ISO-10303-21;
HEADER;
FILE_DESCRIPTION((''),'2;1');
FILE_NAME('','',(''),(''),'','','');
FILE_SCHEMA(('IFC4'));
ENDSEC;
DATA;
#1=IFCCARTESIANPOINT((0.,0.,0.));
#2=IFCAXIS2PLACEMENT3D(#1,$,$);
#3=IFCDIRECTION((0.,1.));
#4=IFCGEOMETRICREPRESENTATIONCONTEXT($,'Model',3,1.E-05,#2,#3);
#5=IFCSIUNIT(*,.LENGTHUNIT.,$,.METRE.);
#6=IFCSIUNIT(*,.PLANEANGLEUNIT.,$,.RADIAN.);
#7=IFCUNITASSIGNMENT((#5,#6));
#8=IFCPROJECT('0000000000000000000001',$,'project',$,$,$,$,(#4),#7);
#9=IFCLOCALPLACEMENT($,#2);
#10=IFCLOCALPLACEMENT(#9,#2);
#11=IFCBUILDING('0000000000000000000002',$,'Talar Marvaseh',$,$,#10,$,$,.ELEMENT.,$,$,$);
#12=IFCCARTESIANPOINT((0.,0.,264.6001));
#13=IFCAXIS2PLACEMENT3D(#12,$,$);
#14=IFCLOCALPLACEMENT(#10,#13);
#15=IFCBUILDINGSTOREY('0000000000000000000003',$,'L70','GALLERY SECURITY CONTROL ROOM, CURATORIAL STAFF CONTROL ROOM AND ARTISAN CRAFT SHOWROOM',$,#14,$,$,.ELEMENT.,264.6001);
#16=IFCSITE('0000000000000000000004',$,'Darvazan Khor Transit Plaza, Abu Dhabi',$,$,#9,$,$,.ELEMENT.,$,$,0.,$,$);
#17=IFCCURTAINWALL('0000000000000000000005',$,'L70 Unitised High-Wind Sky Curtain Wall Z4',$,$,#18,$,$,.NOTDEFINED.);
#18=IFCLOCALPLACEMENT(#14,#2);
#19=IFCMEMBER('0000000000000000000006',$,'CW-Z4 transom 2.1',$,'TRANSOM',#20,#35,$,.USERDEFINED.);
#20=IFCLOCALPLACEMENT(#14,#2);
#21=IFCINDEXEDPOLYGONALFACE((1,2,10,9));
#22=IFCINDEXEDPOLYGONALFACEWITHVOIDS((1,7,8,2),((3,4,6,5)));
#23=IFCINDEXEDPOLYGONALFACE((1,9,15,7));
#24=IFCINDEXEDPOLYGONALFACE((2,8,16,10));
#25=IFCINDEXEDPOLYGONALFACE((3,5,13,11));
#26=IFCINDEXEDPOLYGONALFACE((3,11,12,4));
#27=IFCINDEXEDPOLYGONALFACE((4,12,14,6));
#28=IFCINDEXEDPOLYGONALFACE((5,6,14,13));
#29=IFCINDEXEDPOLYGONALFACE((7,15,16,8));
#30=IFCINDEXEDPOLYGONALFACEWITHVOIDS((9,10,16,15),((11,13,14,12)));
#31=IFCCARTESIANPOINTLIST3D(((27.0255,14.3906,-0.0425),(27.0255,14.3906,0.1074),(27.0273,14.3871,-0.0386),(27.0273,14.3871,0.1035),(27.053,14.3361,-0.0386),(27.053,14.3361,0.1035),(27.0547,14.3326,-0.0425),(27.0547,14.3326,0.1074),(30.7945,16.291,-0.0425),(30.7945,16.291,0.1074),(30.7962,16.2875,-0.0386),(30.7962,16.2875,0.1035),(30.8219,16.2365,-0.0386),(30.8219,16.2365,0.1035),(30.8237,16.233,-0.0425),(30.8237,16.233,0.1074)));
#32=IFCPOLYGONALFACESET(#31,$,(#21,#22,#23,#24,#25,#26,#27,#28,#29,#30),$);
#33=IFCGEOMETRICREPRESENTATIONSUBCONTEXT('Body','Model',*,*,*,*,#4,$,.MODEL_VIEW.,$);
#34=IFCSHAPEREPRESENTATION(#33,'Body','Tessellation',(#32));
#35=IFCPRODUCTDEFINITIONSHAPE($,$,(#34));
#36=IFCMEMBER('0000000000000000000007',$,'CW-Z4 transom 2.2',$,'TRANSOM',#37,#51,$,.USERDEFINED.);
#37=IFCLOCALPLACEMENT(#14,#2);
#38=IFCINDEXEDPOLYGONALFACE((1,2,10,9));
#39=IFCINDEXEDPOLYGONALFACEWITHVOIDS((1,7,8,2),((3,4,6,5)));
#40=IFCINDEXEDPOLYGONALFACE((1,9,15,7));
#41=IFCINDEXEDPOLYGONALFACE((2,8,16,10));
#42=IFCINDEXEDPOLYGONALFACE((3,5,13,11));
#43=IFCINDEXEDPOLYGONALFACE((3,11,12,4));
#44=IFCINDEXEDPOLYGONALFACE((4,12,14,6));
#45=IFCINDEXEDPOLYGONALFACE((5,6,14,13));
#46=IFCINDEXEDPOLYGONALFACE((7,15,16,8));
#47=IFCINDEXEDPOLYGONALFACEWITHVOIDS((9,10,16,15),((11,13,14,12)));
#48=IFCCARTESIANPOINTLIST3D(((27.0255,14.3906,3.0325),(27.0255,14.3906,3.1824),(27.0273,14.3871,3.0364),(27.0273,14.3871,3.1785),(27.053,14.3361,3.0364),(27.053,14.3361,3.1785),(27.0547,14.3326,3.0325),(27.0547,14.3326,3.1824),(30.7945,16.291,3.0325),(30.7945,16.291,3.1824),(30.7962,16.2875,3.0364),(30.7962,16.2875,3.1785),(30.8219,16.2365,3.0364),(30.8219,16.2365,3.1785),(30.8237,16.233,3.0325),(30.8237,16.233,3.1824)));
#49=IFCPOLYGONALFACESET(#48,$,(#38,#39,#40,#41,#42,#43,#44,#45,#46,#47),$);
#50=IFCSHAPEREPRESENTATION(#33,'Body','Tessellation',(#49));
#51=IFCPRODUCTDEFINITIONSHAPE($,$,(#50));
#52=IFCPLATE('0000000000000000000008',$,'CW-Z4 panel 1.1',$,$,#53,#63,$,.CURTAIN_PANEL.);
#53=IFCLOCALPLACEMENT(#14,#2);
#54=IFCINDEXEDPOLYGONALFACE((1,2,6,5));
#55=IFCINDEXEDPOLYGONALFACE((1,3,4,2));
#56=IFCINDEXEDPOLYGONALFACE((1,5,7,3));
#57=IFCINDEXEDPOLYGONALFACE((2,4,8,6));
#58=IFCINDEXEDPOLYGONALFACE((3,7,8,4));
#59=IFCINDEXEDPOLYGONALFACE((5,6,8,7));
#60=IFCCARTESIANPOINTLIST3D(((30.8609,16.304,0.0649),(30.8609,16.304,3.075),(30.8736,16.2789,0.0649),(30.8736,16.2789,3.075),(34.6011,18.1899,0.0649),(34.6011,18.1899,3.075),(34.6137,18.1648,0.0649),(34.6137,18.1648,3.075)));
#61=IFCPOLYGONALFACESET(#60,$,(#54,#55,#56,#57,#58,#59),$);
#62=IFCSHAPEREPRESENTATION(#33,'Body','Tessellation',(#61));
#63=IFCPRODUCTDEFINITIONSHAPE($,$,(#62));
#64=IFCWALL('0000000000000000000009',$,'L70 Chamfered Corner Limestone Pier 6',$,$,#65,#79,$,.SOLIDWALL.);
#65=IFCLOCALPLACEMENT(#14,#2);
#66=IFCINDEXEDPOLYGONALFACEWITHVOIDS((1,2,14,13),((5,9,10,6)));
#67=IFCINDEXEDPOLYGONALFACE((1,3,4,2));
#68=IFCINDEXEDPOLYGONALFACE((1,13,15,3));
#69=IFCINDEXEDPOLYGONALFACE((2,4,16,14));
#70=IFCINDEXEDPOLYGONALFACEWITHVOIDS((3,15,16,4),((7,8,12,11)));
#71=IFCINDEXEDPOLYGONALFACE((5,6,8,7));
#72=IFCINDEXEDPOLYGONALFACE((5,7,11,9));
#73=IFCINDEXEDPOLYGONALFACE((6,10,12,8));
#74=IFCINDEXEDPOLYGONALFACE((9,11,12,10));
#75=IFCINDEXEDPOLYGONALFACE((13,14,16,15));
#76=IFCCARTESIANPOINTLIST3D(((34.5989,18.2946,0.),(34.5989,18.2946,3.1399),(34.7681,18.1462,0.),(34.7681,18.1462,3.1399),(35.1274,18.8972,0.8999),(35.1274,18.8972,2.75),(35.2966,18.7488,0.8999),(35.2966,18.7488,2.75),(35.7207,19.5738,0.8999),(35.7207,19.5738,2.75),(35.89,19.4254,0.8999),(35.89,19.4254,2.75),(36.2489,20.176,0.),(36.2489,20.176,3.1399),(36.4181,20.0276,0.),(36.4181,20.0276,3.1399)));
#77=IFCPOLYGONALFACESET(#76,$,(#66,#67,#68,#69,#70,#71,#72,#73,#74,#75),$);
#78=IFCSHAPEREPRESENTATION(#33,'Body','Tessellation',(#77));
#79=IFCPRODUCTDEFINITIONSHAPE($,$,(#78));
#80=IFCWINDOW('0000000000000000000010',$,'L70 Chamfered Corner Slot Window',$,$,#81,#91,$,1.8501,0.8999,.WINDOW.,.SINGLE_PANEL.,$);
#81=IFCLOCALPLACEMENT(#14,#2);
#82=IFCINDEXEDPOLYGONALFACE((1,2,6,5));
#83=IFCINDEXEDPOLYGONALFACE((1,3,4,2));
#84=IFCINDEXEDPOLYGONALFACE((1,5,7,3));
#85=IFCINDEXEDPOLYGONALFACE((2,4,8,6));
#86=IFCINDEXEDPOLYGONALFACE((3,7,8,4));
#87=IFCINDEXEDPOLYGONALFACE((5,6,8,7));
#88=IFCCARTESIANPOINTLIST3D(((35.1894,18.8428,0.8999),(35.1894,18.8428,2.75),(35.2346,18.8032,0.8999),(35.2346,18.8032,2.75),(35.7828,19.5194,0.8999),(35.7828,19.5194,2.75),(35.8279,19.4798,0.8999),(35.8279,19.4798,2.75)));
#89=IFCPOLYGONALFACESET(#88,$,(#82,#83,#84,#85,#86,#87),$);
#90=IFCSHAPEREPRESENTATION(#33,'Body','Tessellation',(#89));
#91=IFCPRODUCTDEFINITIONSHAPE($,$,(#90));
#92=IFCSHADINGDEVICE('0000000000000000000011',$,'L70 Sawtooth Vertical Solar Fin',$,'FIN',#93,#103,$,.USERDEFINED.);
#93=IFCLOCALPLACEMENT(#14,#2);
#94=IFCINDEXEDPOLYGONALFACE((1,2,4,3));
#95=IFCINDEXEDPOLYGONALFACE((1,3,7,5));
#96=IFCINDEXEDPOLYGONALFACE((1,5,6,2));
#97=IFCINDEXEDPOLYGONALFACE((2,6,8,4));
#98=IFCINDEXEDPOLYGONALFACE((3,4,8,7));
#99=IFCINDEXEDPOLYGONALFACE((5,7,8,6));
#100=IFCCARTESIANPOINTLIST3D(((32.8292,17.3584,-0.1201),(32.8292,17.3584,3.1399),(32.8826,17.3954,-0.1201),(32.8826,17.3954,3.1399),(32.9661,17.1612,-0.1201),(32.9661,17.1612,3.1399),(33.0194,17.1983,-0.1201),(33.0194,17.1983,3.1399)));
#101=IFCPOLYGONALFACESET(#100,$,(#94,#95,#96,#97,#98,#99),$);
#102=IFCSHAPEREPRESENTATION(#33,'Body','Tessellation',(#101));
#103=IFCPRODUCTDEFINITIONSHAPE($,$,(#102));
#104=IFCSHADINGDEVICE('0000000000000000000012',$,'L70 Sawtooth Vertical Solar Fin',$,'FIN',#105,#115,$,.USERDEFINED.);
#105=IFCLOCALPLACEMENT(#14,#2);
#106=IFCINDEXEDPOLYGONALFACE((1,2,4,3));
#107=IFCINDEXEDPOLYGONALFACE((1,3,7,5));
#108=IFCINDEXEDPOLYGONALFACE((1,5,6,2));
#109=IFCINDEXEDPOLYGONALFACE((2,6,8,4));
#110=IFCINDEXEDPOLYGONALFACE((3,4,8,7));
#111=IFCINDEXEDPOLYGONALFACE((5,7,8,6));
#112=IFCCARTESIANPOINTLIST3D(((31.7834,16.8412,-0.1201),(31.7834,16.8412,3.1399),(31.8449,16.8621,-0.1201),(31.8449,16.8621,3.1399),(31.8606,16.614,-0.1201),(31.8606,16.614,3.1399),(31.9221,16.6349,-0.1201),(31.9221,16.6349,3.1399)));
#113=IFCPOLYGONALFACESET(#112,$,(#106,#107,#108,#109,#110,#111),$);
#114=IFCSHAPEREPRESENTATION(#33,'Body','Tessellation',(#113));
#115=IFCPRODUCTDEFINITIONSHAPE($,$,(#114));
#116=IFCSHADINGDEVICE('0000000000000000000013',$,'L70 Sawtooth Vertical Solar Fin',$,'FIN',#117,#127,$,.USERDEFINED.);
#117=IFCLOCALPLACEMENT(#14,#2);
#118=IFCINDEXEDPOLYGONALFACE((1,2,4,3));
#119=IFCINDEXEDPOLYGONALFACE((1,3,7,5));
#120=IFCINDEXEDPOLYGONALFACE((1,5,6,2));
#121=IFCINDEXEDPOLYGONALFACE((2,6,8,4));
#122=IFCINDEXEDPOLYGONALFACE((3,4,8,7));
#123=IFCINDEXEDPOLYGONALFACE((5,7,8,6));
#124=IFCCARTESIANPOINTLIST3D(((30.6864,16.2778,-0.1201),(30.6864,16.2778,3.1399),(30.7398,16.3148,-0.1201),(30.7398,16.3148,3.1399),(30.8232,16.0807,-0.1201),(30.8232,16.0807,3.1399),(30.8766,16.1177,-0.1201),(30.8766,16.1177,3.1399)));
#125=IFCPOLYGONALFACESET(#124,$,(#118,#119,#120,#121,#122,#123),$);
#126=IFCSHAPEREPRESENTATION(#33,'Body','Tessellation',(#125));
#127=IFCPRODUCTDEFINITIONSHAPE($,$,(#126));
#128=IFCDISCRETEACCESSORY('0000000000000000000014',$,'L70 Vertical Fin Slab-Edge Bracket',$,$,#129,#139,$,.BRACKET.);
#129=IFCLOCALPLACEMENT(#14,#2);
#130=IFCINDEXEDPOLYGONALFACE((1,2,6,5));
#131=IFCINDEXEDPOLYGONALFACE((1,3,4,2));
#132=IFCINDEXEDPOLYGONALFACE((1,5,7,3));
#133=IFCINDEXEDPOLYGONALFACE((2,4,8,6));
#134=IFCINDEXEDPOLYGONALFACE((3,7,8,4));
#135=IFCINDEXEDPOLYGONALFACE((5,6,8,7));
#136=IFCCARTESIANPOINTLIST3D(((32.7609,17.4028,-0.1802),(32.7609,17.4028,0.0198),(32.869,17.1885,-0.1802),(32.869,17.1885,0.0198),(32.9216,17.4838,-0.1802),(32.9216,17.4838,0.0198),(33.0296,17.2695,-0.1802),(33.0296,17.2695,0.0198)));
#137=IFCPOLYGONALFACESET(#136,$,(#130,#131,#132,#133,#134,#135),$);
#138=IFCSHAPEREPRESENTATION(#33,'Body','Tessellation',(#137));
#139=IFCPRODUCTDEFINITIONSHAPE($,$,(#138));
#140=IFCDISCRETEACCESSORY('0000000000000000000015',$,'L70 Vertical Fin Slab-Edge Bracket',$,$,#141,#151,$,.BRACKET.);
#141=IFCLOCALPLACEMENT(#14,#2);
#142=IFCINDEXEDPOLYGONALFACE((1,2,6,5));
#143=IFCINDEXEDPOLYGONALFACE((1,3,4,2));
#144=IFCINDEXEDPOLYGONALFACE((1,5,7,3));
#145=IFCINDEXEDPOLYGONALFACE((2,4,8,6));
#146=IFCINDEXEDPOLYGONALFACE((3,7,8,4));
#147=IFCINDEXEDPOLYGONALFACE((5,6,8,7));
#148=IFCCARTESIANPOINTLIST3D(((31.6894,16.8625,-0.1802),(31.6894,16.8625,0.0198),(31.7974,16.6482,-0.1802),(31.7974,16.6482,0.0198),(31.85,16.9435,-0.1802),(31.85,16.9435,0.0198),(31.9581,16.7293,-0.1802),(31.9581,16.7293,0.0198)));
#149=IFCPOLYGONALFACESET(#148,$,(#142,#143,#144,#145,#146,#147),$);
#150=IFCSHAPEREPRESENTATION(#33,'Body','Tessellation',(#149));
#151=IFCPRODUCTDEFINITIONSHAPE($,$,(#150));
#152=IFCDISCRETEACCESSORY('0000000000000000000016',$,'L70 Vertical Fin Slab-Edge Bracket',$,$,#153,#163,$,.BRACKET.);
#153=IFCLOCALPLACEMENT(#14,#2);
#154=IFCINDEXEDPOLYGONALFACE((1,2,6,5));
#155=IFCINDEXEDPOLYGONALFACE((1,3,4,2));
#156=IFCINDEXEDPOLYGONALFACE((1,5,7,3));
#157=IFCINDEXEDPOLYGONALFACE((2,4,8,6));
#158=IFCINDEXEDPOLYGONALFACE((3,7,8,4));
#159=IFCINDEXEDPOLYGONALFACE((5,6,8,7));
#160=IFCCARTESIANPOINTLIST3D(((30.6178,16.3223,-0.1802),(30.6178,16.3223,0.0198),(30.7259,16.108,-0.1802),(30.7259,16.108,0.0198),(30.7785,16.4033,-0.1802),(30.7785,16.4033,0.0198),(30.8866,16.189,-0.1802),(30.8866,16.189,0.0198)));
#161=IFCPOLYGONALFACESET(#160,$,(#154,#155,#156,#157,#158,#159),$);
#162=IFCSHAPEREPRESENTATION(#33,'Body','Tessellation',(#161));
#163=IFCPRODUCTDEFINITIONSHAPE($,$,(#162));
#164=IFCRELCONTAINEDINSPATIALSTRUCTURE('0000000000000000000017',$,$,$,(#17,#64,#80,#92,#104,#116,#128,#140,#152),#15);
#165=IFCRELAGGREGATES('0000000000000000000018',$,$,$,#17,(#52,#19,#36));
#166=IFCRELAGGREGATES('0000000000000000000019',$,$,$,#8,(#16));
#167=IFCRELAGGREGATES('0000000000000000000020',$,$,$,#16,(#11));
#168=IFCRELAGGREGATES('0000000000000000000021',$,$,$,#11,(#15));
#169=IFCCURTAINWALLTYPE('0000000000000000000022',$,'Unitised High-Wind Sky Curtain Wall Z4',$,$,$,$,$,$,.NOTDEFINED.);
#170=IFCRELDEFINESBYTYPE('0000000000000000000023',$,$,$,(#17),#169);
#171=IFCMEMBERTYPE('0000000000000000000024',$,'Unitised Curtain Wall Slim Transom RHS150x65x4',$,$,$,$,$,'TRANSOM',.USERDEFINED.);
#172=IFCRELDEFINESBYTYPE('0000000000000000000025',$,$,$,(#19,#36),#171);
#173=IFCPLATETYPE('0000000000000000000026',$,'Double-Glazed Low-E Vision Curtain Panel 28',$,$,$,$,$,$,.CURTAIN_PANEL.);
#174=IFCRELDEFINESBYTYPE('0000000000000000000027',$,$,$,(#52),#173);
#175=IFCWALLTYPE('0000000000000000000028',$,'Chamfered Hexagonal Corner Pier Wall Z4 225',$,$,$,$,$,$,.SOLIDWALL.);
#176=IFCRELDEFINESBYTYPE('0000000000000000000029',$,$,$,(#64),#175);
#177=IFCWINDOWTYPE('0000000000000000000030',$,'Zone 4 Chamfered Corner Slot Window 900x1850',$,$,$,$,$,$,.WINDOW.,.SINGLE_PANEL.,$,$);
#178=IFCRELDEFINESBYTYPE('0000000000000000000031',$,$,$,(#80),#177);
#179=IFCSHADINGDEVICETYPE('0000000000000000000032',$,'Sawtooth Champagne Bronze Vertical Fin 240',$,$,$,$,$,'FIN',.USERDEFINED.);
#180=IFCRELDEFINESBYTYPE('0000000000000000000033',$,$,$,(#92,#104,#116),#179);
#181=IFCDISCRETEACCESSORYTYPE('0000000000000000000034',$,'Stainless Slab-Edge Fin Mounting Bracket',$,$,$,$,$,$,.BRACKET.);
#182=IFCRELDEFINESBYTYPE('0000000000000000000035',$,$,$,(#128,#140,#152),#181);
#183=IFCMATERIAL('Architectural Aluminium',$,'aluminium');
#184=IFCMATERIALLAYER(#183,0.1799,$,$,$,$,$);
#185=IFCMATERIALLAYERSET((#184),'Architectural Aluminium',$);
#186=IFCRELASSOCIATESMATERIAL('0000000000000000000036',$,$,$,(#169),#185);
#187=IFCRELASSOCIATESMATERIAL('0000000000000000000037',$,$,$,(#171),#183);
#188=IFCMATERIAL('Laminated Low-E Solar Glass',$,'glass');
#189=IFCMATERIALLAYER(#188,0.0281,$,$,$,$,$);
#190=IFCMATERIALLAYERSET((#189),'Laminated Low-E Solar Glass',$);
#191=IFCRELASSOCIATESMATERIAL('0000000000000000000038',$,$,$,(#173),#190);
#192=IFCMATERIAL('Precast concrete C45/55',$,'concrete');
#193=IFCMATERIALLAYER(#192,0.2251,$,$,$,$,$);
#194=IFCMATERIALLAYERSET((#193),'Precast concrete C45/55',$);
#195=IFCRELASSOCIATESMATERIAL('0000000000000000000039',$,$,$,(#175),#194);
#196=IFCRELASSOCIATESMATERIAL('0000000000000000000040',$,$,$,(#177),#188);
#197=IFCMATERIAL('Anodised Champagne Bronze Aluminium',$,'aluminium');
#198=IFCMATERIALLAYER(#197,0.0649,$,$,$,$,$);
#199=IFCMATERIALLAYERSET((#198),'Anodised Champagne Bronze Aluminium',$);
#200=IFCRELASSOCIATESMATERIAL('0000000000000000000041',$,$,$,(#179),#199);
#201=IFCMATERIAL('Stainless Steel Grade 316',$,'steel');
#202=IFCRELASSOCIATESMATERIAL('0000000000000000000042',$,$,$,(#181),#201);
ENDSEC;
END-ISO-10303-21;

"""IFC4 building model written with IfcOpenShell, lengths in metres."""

from ifc_helpers import new_model, si_unit, direction, frame, frame_2d, origin, origin_2d, place, context, subcontext, project, spatial, rectangle, hollow_rectangle, extrude, source, transform, mapped, material, layer, layer_set, material_profile, profile_set, type_object, type_shapes, element, fill, aggregate, save


model = new_model("IFC4")

# Units and contexts
model_context = context("Model", 3, precision=1e-05, world=origin(), true_north=direction((0.0, 1.0)))
body_context = subcontext(model_context, "Body", "Model", "MODEL_VIEW")
ifc_project = project(units=[si_unit("LENGTHUNIT", "METRE"), si_unit("PLANEANGLEUNIT", "RADIAN")], contexts=[model_context])

# Site, building, storey
site_placement = place(None, origin())
site = spatial("IfcSite", under=ifc_project, at=site_placement, Name="Darvazan Khor Transit Plaza, Abu Dhabi", CompositionType="ELEMENT", RefElevation=0.0)
building_placement = place(site_placement, origin())
building = spatial("IfcBuilding", under=site, at=building_placement, Name="Talar Marvaseh", CompositionType="ELEMENT")
storey_placement = place(building_placement, frame((0.0, 0.0, 264.6001)))
storey = spatial("IfcBuildingStorey", under=building, at=storey_placement, Name="L70", Description="GALLERY SECURITY CONTROL ROOM, CURATORIAL STAFF CONTROL ROOM AND ARTISAN CRAFT SHOWROOM", CompositionType="ELEMENT", Elevation=264.6001)

# Shared definitions
ifc_material_1 = material(Name="Architectural Aluminium", Category="aluminium")
ifc_layer_1 = layer(ifc_material_1, 0.1799)
ifc_layer_set_1 = layer_set([ifc_layer_1], Name="Architectural Aluminium")
curtain_wall_type = type_object("IfcCurtainWallType", Name="Unitised High-Wind Sky Curtain Wall Z4", PredefinedType="NOTDEFINED", material=ifc_layer_set_1)

# Curtain wall, members, plate
curtain_wall_1_placement = place(storey_placement, origin())
curtain_wall_1 = element("IfcCurtainWall", 1, at=curtain_wall_1_placement, inside=storey, type_object=curtain_wall_type, Name="L70 Unitised High-Wind Sky Curtain Wall Z4", PredefinedType="NOTDEFINED")
ifc_material_profile_1 = material_profile(ifc_material_1, hollow_rectangle(XDim=0.0649, YDim=0.1499, WallThickness=0.0039, at=origin_2d()), Name="RHS150x65x4")
ifc_profile_set_1 = profile_set([ifc_material_profile_1], Name="Architectural Aluminium")
member_type_1 = type_object("IfcMemberType", Name="Unitised Curtain Wall Slim Transom RHS150x65x4", ElementType="TRANSOM", PredefinedType="USERDEFINED", material=ifc_profile_set_1)
shared_shape_1 = source(origin(), body_context, "Body", "SweptSolid", [
    extrude(hollow_rectangle(XDim=0.0649, YDim=0.1499, WallThickness=0.0039, at=origin_2d()), origin(), (0.0, 0.0, 1.0), 4.2209),
])
member_1_placement = place(storey_placement, frame((30.8091, 16.262, 0.0325), z_axis=(-0.892918, -0.450219, 0.0), x_axis=(0.450219, -0.892918, 0.0)))
member_1 = element("IfcMember", 2, at=member_1_placement, type_object=member_type_1, Name="CW-Z4 transom 2.1", ObjectType="TRANSOM", PredefinedType="USERDEFINED", context=body_context, shape_type="MappedRepresentation", body=[
    mapped(shared_shape_1, transform((0.0, 0.0, 0.0), x_axis=(1.0, 0.0, 0.0), y_axis=(0.0, 1.0, 0.0), z_axis=(0.0, 0.0, 1.0), scale=1.0)),
])
member_2_placement = place(storey_placement, frame((30.8091, 16.262, 3.1074), z_axis=(-0.892918, -0.450219, 0.0), x_axis=(0.450219, -0.892918, 0.0)))
member_2 = element("IfcMember", 3, at=member_2_placement, type_object=member_type_1, Name="CW-Z4 transom 2.2", ObjectType="TRANSOM", PredefinedType="USERDEFINED", context=body_context, shape_type="MappedRepresentation", body=[
    mapped(shared_shape_1, transform((0.0, 0.0, 0.0), x_axis=(1.0, 0.0, 0.0), y_axis=(0.0, 1.0, 0.0), z_axis=(0.0, 0.0, 1.0), scale=1.0)),
])
ifc_material_2 = material(Name="Laminated Low-E Solar Glass", Category="glass")
ifc_layer_2 = layer(ifc_material_2, 0.0281)
ifc_layer_set_2 = layer_set([ifc_layer_2], Name="Laminated Low-E Solar Glass")
plate_type = type_object("IfcPlateType", Name="Double-Glazed Low-E Vision Curtain Panel 28", PredefinedType="CURTAIN_PANEL", material=ifc_layer_set_2)
shared_shape_2 = source(origin(), body_context, "Body", "SweptSolid", [
    extrude(rectangle(XDim=4.1887, YDim=0.0281, at=origin_2d()), origin(), (0.0, 0.0, 1.0), 3.01),
])
type_shapes(plate_type, [shared_shape_2])
plate_placement = place(storey_placement, frame((32.7373, 17.2344, 0.0649), z_axis=(0.0, 0.0, 1.0), x_axis=(-0.892909, -0.450237, 0.0)))
plate = element("IfcPlate", 4, at=plate_placement, type_object=plate_type, Name="CW-Z4 panel 1.1", PredefinedType="CURTAIN_PANEL", context=body_context, shape_type="MappedRepresentation", body=[
    mapped(shared_shape_2, transform((0.0, 0.0, 0.0), x_axis=(1.0, 0.0, 0.0), y_axis=(0.0, 1.0, 0.0), z_axis=(0.0, 0.0, 1.0), scale=1.0)),
])
aggregate(curtain_wall_1, [plate, member_1, member_2])

# Wall, opening, window
ifc_material_3 = material(Name="Precast concrete C45/55", Category="concrete")
ifc_layer_3 = layer(ifc_material_3, 0.2251)
ifc_layer_set_3 = layer_set([ifc_layer_3], Name="Precast concrete C45/55")
wall_type = type_object("IfcWallType", Name="Chamfered Hexagonal Corner Pier Wall Z4 225", PredefinedType="SOLIDWALL", material=ifc_layer_set_3)
wall_placement = place(storey_placement, frame((36.3335, 20.1018, 0.0), z_axis=(0.0, 0.0, 1.0), x_axis=(-0.659347, -0.751839, 0.0)))
wall = element("IfcWall", 5, at=wall_placement, inside=storey, type_object=wall_type, Name="L70 Chamfered Corner Limestone Pier 6", PredefinedType="SOLIDWALL", context=body_context, shape_type="SweptSolid", body=[
    extrude(rectangle(XDim=2.5024, YDim=0.2251, at=frame_2d((1.2512, 0.0))), origin(), (0.0, 0.0, 1.0), 3.1399),
])
opening_placement = place(wall_placement, frame((0.801, 0.0, 0.8999)))
opening = element("IfcOpeningElement", 6, at=opening_placement, cuts=wall, PredefinedType="OPENING", context=body_context, shape_type="SweptSolid", body=[
    extrude(rectangle(XDim=0.8999, YDim=1.8501, at=frame_2d((0.45, 0.925))), frame((0.0, 0.1226, 0.0), z_axis=(0.0, -1.0, 0.0), x_axis=(1.0, 0.0, 0.0)), (0.0, 0.0, 1.0), 0.2451),
])
window_type = type_object("IfcWindowType", Name="Zone 4 Chamfered Corner Slot Window 900x1850", PartitioningType="SINGLE_PANEL", PredefinedType="WINDOW", material=ifc_material_2)
shared_shape_3 = source(origin(), body_context, "Body", "SweptSolid", [
    extrude(rectangle(XDim=0.8999, YDim=1.8501, at=frame_2d((0.45, 0.925))), frame((0.0, 0.03, 0.0), z_axis=(0.0, -1.0, 0.0), x_axis=(1.0, 0.0, 0.0)), (0.0, 0.0, 1.0), 0.0601),
])
type_shapes(window_type, [shared_shape_3])
window_placement = place(opening_placement, origin())
window = element("IfcWindow", 7, at=window_placement, inside=storey, type_object=window_type, Name="L70 Chamfered Corner Slot Window", OverallHeight=1.8501, OverallWidth=0.8999, PartitioningType="SINGLE_PANEL", PredefinedType="WINDOW", context=body_context, shape_type="MappedRepresentation", body=[
    mapped(shared_shape_3, transform((0.0, 0.0, 0.0), x_axis=(1.0, 0.0, 0.0), y_axis=(0.0, 1.0, 0.0), z_axis=(0.0, 0.0, 1.0), scale=1.0)),
])
fill(opening, window)

# Shading devices
ifc_material_4 = material(Name="Anodised Champagne Bronze Aluminium", Category="aluminium")
ifc_layer_4 = layer(ifc_material_4, 0.0649)
ifc_layer_set_4 = layer_set([ifc_layer_4], Name="Anodised Champagne Bronze Aluminium")
shading_device_type = type_object("IfcShadingDeviceType", Name="Sawtooth Champagne Bronze Vertical Fin 240", ElementType="FIN", PredefinedType="USERDEFINED", material=ifc_layer_set_4)
shared_shape_4 = source(origin(), body_context, "Body", "SweptSolid", [
    extrude(rectangle(XDim=0.24, YDim=0.0649, at=origin_2d()), origin(), (0.0, 0.0, 1.0), 3.26),
])
type_shapes(shading_device_type, [shared_shape_4])
for number, where, z_axis, x_axis, name in (
    (8, (32.9243, 17.2783, -0.1201), (0.0, 0.0, 1.0), (0.57014, -0.821547, 0.0), "L70 Sawtooth Vertical Solar Fin"),
    (9, (31.8528, 16.738, -0.1201), (0.0, 0.0, 1.0), (0.321605, -0.946874, 0.0), "L70 Sawtooth Vertical Solar Fin"),
    (10, (30.7815, 16.1978, -0.1201), (0.0, 0.0, 1.0), (0.57014, -0.821547, 0.0), "L70 Sawtooth Vertical Solar Fin"),
):
    element("IfcShadingDevice", number, at=place(storey_placement, frame(where, z_axis=z_axis, x_axis=x_axis)), inside=storey, type_object=shading_device_type, Name=name, ObjectType="FIN", PredefinedType="USERDEFINED", context=body_context, shape_type="MappedRepresentation", body=[
        mapped(shared_shape_4, transform((0.0, 0.0, 0.0), x_axis=(1.0, 0.0, 0.0), y_axis=(0.0, 1.0, 0.0), z_axis=(0.0, 0.0, 1.0), scale=1.0)),
    ])

# Discrete accessories
ifc_material_5 = material(Name="Stainless Steel Grade 316", Category="steel")
discrete_accessory_type = type_object("IfcDiscreteAccessoryType", Name="Stainless Slab-Edge Fin Mounting Bracket", PredefinedType="BRACKET", material=ifc_material_5)
shared_shape_5 = source(origin(), body_context, "Body", "SweptSolid", [
    extrude(rectangle(XDim=0.24, YDim=0.1799, at=origin_2d()), origin(), (0.0, 0.0, 1.0), 0.2),
])
type_shapes(discrete_accessory_type, [shared_shape_5])
for number, where, z_axis, x_axis, name in (
    (11, (32.8953, 17.3362, -0.1802), (0.0, 0.0, 1.0), (0.450254, -0.8929, 0.0), "L70 Vertical Fin Slab-Edge Bracket"),
    (12, (31.8237, 16.7959, -0.1802), (0.0, 0.0, 1.0), (0.450254, -0.8929, 0.0), "L70 Vertical Fin Slab-Edge Bracket"),
    (13, (30.7522, 16.2556, -0.1802), (0.0, 0.0, 1.0), (0.450254, -0.8929, 0.0), "L70 Vertical Fin Slab-Edge Bracket"),
):
    element("IfcDiscreteAccessory", number, at=place(storey_placement, frame(where, z_axis=z_axis, x_axis=x_axis)), inside=storey, type_object=discrete_accessory_type, Name=name, PredefinedType="BRACKET", context=body_context, shape_type="MappedRepresentation", body=[
        mapped(shared_shape_5, transform((0.0, 0.0, 0.0), x_axis=(1.0, 0.0, 0.0), y_axis=(0.0, 1.0, 0.0), z_axis=(0.0, 0.0, 1.0), scale=1.0)),
    ])

save(model, "model.ifc")
